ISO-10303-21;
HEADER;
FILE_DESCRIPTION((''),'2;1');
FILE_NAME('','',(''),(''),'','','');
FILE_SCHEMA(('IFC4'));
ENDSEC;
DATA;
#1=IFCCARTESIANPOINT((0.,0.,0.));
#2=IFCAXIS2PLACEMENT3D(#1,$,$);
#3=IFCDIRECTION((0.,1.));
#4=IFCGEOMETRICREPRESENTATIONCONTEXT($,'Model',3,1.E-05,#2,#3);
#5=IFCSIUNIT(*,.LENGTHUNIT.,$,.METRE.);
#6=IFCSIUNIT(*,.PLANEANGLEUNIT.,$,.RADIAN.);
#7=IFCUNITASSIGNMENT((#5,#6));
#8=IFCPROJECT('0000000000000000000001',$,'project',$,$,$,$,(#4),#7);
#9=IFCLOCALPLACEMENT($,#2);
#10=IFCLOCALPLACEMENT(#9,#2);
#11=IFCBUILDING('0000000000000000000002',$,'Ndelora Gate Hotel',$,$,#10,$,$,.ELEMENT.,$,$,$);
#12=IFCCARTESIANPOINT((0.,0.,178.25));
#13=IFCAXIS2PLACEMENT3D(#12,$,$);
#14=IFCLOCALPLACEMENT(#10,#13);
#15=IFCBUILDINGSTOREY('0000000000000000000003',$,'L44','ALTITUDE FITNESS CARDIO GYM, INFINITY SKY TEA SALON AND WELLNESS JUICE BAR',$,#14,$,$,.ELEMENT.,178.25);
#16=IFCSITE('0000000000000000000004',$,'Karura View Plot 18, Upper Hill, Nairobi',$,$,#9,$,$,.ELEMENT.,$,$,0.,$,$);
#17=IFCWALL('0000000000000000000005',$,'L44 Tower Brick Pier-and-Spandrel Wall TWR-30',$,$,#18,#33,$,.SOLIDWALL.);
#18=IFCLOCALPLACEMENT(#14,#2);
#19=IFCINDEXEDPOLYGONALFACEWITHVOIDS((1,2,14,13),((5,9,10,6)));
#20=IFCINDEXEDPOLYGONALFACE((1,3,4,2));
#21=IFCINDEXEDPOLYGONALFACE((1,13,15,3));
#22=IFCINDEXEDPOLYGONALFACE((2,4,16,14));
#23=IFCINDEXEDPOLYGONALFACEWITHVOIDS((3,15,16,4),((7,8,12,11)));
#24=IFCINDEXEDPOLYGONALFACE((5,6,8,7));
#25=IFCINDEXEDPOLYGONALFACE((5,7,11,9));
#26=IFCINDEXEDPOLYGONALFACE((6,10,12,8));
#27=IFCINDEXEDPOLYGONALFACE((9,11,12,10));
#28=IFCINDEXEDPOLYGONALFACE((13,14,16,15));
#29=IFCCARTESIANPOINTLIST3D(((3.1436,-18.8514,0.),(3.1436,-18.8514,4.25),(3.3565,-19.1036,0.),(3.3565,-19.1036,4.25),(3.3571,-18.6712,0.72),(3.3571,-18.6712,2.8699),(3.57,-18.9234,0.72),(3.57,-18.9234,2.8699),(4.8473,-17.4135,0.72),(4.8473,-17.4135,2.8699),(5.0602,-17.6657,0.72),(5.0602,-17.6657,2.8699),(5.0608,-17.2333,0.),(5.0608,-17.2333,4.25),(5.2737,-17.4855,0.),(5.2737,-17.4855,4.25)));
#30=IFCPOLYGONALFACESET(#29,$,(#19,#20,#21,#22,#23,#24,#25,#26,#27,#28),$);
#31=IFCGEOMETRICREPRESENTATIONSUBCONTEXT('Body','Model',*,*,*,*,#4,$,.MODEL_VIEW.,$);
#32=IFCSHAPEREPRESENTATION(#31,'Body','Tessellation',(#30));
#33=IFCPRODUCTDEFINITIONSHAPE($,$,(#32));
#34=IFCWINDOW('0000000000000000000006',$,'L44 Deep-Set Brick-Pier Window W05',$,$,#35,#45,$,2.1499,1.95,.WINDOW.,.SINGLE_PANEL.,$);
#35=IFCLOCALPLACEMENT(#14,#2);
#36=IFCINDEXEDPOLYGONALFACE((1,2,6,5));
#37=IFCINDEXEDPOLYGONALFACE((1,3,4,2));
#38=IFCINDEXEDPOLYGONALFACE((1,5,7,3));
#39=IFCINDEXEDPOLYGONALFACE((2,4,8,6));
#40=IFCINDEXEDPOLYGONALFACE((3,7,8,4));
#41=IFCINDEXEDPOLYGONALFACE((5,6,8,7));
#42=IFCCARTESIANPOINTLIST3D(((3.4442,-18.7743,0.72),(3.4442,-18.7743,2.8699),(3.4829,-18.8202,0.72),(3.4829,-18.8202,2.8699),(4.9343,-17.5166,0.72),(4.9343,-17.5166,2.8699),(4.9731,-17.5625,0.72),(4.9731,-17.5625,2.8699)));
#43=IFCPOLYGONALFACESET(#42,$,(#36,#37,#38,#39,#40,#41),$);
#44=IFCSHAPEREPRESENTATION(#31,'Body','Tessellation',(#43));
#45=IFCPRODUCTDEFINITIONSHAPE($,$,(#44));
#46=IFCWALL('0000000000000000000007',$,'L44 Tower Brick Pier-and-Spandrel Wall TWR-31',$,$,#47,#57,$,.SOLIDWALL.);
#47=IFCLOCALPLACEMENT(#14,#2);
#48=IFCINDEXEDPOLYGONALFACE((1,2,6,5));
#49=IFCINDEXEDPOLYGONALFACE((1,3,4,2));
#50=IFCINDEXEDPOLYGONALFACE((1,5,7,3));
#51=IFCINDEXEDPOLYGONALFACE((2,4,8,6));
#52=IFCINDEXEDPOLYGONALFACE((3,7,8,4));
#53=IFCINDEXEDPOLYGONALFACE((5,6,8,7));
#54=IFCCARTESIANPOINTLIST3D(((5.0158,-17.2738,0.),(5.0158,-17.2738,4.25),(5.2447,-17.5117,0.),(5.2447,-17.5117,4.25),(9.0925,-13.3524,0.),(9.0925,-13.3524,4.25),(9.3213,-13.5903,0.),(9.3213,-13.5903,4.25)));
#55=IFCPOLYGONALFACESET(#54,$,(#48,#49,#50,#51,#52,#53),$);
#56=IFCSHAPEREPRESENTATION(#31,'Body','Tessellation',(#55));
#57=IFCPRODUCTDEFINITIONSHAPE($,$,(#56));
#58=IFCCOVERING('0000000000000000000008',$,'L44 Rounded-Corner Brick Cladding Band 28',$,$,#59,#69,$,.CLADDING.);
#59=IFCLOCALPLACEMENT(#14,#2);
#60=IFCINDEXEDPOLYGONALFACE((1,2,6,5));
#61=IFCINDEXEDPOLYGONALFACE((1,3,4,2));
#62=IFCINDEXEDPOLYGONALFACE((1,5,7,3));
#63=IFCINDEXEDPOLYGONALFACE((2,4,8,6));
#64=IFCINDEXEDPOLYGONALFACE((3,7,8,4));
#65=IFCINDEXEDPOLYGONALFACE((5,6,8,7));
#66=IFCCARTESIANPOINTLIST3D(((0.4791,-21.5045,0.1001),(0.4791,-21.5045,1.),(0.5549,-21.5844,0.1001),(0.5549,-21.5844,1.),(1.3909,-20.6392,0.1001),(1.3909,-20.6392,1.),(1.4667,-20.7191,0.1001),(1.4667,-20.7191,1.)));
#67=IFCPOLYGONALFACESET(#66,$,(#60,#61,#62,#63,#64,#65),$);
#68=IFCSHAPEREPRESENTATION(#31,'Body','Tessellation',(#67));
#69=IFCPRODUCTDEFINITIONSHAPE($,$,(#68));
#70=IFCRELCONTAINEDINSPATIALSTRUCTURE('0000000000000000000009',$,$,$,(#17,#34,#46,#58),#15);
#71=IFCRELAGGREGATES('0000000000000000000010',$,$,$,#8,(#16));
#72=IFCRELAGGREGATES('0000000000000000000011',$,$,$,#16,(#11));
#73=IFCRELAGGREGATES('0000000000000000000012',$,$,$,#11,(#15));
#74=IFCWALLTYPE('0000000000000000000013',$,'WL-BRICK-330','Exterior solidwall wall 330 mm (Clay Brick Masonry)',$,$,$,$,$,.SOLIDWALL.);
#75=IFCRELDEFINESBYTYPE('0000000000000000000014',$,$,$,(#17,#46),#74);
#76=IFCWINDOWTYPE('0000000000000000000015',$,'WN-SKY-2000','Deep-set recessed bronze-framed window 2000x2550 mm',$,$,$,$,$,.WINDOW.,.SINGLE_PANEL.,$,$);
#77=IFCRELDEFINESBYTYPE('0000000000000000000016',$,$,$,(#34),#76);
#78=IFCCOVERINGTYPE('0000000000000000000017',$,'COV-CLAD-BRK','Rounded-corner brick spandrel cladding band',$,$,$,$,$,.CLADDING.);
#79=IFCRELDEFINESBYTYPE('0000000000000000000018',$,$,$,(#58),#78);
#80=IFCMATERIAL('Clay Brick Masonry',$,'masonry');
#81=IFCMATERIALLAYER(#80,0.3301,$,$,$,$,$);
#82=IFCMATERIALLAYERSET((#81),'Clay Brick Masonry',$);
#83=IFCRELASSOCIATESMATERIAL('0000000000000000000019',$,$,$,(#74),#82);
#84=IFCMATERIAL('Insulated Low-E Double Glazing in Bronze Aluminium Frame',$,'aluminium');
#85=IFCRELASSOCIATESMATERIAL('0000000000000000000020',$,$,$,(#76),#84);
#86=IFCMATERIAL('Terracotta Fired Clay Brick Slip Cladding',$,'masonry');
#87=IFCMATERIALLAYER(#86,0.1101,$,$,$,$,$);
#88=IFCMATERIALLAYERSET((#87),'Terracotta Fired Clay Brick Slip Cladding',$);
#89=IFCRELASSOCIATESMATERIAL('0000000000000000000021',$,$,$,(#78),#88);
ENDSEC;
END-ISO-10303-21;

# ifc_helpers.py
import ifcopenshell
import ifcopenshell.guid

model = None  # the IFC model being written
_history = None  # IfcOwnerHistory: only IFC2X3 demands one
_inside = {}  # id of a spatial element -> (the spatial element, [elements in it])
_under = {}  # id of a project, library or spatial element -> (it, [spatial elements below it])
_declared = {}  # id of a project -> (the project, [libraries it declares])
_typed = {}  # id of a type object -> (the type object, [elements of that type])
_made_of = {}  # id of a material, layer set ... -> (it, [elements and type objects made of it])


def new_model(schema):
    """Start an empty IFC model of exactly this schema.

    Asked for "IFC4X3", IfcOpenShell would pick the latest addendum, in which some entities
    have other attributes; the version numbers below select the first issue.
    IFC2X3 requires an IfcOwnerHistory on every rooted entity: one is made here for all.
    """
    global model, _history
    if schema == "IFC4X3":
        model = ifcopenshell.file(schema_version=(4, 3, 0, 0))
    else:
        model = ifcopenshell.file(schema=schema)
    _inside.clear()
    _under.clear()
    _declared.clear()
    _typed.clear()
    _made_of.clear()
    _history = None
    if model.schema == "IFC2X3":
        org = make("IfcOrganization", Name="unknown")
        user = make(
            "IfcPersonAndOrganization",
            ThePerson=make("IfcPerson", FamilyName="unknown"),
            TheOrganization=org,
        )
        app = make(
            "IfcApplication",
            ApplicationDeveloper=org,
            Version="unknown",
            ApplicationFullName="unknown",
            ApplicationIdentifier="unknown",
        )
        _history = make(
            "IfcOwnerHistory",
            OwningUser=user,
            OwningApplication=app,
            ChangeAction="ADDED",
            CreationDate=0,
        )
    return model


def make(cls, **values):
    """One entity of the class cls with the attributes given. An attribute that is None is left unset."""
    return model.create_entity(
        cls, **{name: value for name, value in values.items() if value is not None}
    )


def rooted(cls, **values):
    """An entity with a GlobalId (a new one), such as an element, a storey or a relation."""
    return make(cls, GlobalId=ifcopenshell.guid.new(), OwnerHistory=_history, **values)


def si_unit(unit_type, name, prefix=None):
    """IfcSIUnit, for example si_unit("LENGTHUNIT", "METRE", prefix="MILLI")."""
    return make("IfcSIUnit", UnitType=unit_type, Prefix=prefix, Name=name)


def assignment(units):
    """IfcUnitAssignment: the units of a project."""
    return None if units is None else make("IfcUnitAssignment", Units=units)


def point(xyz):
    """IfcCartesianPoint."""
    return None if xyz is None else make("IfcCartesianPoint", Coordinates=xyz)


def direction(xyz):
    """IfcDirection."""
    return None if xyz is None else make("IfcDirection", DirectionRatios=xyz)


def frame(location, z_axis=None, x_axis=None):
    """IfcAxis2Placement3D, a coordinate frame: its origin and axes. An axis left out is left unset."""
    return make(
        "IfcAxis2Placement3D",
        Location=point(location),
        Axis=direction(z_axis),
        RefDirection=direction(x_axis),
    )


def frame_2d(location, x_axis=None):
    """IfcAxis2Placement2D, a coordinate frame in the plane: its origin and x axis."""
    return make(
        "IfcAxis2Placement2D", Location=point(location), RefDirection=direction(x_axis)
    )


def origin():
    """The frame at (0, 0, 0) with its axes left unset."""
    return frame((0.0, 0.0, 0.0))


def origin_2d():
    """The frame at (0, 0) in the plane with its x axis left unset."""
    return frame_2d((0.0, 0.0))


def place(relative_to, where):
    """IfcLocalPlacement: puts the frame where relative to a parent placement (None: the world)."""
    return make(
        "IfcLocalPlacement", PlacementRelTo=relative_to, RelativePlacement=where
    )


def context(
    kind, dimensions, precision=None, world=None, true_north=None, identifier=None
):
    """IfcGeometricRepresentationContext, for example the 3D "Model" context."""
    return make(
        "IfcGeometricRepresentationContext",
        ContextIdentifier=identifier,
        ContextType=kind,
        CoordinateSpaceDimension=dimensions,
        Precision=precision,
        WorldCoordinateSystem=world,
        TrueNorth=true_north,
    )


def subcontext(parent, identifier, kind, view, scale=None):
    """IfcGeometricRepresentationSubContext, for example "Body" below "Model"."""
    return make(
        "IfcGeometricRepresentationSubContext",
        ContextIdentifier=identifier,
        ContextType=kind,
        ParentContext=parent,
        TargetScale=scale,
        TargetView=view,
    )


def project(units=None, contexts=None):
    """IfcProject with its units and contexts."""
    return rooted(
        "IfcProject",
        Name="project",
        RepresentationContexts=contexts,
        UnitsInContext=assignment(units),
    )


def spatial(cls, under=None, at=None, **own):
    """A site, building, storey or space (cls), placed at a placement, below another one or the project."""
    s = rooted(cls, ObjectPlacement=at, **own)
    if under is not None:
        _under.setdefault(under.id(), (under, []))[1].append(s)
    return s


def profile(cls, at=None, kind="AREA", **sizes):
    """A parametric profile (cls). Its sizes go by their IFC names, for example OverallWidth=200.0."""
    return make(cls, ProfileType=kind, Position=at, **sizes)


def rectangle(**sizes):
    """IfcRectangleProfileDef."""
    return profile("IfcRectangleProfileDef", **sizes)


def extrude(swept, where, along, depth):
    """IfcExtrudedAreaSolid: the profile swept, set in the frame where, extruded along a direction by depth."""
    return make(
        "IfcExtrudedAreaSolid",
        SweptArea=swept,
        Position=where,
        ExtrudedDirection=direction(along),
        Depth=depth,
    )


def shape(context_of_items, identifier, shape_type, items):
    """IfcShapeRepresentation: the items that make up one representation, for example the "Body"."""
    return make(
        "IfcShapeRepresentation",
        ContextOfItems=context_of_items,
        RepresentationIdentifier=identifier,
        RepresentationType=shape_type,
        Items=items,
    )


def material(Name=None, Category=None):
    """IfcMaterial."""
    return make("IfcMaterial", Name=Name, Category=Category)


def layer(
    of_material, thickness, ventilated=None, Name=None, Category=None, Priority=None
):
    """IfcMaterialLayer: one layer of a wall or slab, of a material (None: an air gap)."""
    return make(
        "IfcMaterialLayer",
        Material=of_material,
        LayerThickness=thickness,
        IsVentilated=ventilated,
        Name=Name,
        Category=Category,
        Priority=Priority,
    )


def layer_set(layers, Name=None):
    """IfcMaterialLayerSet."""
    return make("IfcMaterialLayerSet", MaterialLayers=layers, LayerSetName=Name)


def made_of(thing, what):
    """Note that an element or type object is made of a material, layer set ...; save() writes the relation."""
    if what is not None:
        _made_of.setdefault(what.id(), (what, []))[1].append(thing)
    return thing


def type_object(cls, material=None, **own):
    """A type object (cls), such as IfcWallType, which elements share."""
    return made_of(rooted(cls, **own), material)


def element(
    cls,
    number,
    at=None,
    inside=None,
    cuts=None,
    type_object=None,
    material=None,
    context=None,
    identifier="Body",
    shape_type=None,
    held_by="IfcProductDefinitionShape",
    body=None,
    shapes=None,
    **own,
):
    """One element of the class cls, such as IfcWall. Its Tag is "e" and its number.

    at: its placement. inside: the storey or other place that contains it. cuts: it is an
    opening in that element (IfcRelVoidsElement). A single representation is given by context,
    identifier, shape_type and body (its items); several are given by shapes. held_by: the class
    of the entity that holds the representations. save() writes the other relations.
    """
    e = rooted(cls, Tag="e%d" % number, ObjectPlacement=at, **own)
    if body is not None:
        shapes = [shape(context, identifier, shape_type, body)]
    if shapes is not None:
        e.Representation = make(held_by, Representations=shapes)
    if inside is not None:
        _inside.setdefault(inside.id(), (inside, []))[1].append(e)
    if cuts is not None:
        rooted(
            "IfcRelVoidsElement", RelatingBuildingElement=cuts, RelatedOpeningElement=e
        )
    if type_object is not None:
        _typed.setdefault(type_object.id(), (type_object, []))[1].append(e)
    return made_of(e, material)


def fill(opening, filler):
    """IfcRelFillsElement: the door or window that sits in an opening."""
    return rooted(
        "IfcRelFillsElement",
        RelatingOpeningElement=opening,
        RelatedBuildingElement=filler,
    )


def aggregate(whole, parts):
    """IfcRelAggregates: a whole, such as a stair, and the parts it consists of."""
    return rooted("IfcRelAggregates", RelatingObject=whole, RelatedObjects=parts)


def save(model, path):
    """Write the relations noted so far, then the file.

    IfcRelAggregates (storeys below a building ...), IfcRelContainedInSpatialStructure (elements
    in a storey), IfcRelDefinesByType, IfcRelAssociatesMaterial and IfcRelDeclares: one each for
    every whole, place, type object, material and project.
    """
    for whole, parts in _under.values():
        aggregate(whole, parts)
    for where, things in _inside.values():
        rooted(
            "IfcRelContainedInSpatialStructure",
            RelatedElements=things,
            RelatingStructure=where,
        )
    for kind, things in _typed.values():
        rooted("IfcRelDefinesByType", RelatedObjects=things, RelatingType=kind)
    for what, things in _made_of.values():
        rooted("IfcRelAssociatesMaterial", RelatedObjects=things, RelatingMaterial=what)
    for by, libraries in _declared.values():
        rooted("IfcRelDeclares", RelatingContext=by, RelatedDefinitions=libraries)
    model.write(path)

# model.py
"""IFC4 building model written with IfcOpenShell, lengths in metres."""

from ifc_helpers import new_model, si_unit, direction, frame, frame_2d, origin, origin_2d, place, context, subcontext, project, spatial, rectangle, extrude, material, layer, layer_set, type_object, element, fill, save


model = new_model("IFC4")

# Units and contexts
model_context = context("Model", 3, precision=1e-05, world=origin(), true_north=direction((0.0, 1.0)))
body_context = subcontext(model_context, "Body", "Model", "MODEL_VIEW")
ifc_project = project(units=[si_unit("LENGTHUNIT", "METRE"), si_unit("PLANEANGLEUNIT", "RADIAN")], contexts=[model_context])

# Site, building, storey
site_placement = place(None, origin())
site = spatial("IfcSite", under=ifc_project, at=site_placement, Name="Karura View Plot 18, Upper Hill, Nairobi", CompositionType="ELEMENT", RefElevation=0.0)
building_placement = place(site_placement, origin())
building = spatial("IfcBuilding", under=site, at=building_placement, Name="Ndelora Gate Hotel", CompositionType="ELEMENT")
storey_placement = place(building_placement, frame((0.0, 0.0, 178.25)))
storey = spatial("IfcBuildingStorey", under=building, at=storey_placement, Name="L44", Description="ALTITUDE FITNESS CARDIO GYM, INFINITY SKY TEA SALON AND WELLNESS JUICE BAR", CompositionType="ELEMENT", Elevation=178.25)

# Shared definitions
ifc_material_1 = material(Name="Clay Brick Masonry", Category="masonry")
ifc_layer_1 = layer(ifc_material_1, 0.3301)
ifc_layer_set_1 = layer_set([ifc_layer_1], Name="Clay Brick Masonry")
wall_type = type_object("IfcWallType", Name="WL-BRICK-330", Description="Exterior solidwall wall 330 mm (Clay Brick Masonry)", PredefinedType="SOLIDWALL", material=ifc_layer_set_1)

# Wall, opening, window
ifc_material_2 = material(Name="Insulated Low-E Double Glazing in Bronze Aluminium Frame", Category="aluminium")
window_type = type_object("IfcWindowType", Name="WN-SKY-2000", Description="Deep-set recessed bronze-framed window 2000x2550 mm", PartitioningType="SINGLE_PANEL", PredefinedType="WINDOW", material=ifc_material_2)
wall_1_placement = place(storey_placement, frame((5.1672, -17.3594, 0.0), z_axis=(0.0, 0.0, 1.0), x_axis=(-0.764194, -0.644986, 0.0)))
wall_1 = element("IfcWall", 1, at=wall_1_placement, inside=storey, type_object=wall_type, Name="L44 Tower Brick Pier-and-Spandrel Wall TWR-30", PredefinedType="SOLIDWALL", context=body_context, shape_type="SweptSolid", body=[
    extrude(rectangle(XDim=2.5088, YDim=0.3301, at=frame_2d((1.2544, 0.0))), origin(), (0.0, 0.0, 1.0), 4.25),
])
opening_1_placement = place(wall_1_placement, frame((0.2793, 0.0, 0.72)))
opening_1 = element("IfcOpeningElement", 2, at=opening_1_placement, cuts=wall_1, PredefinedType="OPENING", context=body_context, shape_type="SweptSolid", body=[
    extrude(rectangle(XDim=1.95, YDim=2.1499, at=frame_2d((0.9751, 1.075))), frame((0.0, 0.175, 0.0), z_axis=(0.0, -1.0, 0.0), x_axis=(1.0, 0.0, 0.0)), (0.0, 0.0, 1.0), 0.3501),
])
window_1_placement = place(opening_1_placement, origin())
window_1 = element("IfcWindow", 3, at=window_1_placement, inside=storey, type_object=window_type, Name="L44 Deep-Set Brick-Pier Window W05", OverallHeight=2.1499, OverallWidth=1.95, PartitioningType="SINGLE_PANEL", PredefinedType="WINDOW", context=body_context, shape_type="SweptSolid", body=[
    extrude(rectangle(XDim=1.95, YDim=2.1499, at=frame_2d((0.9751, 1.075))), frame((0.0, 0.03, 0.0), z_axis=(0.0, -1.0, 0.0), x_axis=(1.0, 0.0, 0.0)), (0.0, 0.0, 1.0), 0.0601),
])
fill(opening_1, window_1)

# Wall
wall_2_placement = place(storey_placement, frame((9.2068, -13.4714, 0.0), z_axis=(0.0, 0.0, 1.0), x_axis=(-0.720699, -0.693248, 0.0)))
element("IfcWall", 4, at=wall_2_placement, inside=storey, type_object=wall_type, Name="L44 Tower Brick Pier-and-Spandrel Wall TWR-31", PredefinedType="SOLIDWALL", context=body_context, shape_type="SweptSolid", body=[
    extrude(rectangle(XDim=5.6565, YDim=0.3301, at=frame_2d((2.8281, 0.0))), origin(), (0.0, 0.0, 1.0), 4.25),
])

# Covering
ifc_material_3 = material(Name="Terracotta Fired Clay Brick Slip Cladding", Category="masonry")
ifc_layer_2 = layer(ifc_material_3, 0.1101)
ifc_layer_set_2 = layer_set([ifc_layer_2], Name="Terracotta Fired Clay Brick Slip Cladding")
covering_type = type_object("IfcCoveringType", Name="COV-CLAD-BRK", Description="Rounded-corner brick spandrel cladding band", PredefinedType="CLADDING", material=ifc_layer_set_2)
covering_placement = place(storey_placement, frame((0.9729, -21.1118, 0.1001), z_axis=(0.0, 0.0, 1.0), x_axis=(0.725374, 0.688355, 0.0)))
element("IfcCovering", 5, at=covering_placement, inside=storey, type_object=covering_type, Name="L44 Rounded-Corner Brick Cladding Band 28", PredefinedType="CLADDING", context=body_context, shape_type="SweptSolid", body=[
    extrude(rectangle(XDim=1.2571, YDim=0.1101, at=origin_2d()), origin(), (0.0, 0.0, 1.0), 0.8999),
])

save(model, "model.ifc")
